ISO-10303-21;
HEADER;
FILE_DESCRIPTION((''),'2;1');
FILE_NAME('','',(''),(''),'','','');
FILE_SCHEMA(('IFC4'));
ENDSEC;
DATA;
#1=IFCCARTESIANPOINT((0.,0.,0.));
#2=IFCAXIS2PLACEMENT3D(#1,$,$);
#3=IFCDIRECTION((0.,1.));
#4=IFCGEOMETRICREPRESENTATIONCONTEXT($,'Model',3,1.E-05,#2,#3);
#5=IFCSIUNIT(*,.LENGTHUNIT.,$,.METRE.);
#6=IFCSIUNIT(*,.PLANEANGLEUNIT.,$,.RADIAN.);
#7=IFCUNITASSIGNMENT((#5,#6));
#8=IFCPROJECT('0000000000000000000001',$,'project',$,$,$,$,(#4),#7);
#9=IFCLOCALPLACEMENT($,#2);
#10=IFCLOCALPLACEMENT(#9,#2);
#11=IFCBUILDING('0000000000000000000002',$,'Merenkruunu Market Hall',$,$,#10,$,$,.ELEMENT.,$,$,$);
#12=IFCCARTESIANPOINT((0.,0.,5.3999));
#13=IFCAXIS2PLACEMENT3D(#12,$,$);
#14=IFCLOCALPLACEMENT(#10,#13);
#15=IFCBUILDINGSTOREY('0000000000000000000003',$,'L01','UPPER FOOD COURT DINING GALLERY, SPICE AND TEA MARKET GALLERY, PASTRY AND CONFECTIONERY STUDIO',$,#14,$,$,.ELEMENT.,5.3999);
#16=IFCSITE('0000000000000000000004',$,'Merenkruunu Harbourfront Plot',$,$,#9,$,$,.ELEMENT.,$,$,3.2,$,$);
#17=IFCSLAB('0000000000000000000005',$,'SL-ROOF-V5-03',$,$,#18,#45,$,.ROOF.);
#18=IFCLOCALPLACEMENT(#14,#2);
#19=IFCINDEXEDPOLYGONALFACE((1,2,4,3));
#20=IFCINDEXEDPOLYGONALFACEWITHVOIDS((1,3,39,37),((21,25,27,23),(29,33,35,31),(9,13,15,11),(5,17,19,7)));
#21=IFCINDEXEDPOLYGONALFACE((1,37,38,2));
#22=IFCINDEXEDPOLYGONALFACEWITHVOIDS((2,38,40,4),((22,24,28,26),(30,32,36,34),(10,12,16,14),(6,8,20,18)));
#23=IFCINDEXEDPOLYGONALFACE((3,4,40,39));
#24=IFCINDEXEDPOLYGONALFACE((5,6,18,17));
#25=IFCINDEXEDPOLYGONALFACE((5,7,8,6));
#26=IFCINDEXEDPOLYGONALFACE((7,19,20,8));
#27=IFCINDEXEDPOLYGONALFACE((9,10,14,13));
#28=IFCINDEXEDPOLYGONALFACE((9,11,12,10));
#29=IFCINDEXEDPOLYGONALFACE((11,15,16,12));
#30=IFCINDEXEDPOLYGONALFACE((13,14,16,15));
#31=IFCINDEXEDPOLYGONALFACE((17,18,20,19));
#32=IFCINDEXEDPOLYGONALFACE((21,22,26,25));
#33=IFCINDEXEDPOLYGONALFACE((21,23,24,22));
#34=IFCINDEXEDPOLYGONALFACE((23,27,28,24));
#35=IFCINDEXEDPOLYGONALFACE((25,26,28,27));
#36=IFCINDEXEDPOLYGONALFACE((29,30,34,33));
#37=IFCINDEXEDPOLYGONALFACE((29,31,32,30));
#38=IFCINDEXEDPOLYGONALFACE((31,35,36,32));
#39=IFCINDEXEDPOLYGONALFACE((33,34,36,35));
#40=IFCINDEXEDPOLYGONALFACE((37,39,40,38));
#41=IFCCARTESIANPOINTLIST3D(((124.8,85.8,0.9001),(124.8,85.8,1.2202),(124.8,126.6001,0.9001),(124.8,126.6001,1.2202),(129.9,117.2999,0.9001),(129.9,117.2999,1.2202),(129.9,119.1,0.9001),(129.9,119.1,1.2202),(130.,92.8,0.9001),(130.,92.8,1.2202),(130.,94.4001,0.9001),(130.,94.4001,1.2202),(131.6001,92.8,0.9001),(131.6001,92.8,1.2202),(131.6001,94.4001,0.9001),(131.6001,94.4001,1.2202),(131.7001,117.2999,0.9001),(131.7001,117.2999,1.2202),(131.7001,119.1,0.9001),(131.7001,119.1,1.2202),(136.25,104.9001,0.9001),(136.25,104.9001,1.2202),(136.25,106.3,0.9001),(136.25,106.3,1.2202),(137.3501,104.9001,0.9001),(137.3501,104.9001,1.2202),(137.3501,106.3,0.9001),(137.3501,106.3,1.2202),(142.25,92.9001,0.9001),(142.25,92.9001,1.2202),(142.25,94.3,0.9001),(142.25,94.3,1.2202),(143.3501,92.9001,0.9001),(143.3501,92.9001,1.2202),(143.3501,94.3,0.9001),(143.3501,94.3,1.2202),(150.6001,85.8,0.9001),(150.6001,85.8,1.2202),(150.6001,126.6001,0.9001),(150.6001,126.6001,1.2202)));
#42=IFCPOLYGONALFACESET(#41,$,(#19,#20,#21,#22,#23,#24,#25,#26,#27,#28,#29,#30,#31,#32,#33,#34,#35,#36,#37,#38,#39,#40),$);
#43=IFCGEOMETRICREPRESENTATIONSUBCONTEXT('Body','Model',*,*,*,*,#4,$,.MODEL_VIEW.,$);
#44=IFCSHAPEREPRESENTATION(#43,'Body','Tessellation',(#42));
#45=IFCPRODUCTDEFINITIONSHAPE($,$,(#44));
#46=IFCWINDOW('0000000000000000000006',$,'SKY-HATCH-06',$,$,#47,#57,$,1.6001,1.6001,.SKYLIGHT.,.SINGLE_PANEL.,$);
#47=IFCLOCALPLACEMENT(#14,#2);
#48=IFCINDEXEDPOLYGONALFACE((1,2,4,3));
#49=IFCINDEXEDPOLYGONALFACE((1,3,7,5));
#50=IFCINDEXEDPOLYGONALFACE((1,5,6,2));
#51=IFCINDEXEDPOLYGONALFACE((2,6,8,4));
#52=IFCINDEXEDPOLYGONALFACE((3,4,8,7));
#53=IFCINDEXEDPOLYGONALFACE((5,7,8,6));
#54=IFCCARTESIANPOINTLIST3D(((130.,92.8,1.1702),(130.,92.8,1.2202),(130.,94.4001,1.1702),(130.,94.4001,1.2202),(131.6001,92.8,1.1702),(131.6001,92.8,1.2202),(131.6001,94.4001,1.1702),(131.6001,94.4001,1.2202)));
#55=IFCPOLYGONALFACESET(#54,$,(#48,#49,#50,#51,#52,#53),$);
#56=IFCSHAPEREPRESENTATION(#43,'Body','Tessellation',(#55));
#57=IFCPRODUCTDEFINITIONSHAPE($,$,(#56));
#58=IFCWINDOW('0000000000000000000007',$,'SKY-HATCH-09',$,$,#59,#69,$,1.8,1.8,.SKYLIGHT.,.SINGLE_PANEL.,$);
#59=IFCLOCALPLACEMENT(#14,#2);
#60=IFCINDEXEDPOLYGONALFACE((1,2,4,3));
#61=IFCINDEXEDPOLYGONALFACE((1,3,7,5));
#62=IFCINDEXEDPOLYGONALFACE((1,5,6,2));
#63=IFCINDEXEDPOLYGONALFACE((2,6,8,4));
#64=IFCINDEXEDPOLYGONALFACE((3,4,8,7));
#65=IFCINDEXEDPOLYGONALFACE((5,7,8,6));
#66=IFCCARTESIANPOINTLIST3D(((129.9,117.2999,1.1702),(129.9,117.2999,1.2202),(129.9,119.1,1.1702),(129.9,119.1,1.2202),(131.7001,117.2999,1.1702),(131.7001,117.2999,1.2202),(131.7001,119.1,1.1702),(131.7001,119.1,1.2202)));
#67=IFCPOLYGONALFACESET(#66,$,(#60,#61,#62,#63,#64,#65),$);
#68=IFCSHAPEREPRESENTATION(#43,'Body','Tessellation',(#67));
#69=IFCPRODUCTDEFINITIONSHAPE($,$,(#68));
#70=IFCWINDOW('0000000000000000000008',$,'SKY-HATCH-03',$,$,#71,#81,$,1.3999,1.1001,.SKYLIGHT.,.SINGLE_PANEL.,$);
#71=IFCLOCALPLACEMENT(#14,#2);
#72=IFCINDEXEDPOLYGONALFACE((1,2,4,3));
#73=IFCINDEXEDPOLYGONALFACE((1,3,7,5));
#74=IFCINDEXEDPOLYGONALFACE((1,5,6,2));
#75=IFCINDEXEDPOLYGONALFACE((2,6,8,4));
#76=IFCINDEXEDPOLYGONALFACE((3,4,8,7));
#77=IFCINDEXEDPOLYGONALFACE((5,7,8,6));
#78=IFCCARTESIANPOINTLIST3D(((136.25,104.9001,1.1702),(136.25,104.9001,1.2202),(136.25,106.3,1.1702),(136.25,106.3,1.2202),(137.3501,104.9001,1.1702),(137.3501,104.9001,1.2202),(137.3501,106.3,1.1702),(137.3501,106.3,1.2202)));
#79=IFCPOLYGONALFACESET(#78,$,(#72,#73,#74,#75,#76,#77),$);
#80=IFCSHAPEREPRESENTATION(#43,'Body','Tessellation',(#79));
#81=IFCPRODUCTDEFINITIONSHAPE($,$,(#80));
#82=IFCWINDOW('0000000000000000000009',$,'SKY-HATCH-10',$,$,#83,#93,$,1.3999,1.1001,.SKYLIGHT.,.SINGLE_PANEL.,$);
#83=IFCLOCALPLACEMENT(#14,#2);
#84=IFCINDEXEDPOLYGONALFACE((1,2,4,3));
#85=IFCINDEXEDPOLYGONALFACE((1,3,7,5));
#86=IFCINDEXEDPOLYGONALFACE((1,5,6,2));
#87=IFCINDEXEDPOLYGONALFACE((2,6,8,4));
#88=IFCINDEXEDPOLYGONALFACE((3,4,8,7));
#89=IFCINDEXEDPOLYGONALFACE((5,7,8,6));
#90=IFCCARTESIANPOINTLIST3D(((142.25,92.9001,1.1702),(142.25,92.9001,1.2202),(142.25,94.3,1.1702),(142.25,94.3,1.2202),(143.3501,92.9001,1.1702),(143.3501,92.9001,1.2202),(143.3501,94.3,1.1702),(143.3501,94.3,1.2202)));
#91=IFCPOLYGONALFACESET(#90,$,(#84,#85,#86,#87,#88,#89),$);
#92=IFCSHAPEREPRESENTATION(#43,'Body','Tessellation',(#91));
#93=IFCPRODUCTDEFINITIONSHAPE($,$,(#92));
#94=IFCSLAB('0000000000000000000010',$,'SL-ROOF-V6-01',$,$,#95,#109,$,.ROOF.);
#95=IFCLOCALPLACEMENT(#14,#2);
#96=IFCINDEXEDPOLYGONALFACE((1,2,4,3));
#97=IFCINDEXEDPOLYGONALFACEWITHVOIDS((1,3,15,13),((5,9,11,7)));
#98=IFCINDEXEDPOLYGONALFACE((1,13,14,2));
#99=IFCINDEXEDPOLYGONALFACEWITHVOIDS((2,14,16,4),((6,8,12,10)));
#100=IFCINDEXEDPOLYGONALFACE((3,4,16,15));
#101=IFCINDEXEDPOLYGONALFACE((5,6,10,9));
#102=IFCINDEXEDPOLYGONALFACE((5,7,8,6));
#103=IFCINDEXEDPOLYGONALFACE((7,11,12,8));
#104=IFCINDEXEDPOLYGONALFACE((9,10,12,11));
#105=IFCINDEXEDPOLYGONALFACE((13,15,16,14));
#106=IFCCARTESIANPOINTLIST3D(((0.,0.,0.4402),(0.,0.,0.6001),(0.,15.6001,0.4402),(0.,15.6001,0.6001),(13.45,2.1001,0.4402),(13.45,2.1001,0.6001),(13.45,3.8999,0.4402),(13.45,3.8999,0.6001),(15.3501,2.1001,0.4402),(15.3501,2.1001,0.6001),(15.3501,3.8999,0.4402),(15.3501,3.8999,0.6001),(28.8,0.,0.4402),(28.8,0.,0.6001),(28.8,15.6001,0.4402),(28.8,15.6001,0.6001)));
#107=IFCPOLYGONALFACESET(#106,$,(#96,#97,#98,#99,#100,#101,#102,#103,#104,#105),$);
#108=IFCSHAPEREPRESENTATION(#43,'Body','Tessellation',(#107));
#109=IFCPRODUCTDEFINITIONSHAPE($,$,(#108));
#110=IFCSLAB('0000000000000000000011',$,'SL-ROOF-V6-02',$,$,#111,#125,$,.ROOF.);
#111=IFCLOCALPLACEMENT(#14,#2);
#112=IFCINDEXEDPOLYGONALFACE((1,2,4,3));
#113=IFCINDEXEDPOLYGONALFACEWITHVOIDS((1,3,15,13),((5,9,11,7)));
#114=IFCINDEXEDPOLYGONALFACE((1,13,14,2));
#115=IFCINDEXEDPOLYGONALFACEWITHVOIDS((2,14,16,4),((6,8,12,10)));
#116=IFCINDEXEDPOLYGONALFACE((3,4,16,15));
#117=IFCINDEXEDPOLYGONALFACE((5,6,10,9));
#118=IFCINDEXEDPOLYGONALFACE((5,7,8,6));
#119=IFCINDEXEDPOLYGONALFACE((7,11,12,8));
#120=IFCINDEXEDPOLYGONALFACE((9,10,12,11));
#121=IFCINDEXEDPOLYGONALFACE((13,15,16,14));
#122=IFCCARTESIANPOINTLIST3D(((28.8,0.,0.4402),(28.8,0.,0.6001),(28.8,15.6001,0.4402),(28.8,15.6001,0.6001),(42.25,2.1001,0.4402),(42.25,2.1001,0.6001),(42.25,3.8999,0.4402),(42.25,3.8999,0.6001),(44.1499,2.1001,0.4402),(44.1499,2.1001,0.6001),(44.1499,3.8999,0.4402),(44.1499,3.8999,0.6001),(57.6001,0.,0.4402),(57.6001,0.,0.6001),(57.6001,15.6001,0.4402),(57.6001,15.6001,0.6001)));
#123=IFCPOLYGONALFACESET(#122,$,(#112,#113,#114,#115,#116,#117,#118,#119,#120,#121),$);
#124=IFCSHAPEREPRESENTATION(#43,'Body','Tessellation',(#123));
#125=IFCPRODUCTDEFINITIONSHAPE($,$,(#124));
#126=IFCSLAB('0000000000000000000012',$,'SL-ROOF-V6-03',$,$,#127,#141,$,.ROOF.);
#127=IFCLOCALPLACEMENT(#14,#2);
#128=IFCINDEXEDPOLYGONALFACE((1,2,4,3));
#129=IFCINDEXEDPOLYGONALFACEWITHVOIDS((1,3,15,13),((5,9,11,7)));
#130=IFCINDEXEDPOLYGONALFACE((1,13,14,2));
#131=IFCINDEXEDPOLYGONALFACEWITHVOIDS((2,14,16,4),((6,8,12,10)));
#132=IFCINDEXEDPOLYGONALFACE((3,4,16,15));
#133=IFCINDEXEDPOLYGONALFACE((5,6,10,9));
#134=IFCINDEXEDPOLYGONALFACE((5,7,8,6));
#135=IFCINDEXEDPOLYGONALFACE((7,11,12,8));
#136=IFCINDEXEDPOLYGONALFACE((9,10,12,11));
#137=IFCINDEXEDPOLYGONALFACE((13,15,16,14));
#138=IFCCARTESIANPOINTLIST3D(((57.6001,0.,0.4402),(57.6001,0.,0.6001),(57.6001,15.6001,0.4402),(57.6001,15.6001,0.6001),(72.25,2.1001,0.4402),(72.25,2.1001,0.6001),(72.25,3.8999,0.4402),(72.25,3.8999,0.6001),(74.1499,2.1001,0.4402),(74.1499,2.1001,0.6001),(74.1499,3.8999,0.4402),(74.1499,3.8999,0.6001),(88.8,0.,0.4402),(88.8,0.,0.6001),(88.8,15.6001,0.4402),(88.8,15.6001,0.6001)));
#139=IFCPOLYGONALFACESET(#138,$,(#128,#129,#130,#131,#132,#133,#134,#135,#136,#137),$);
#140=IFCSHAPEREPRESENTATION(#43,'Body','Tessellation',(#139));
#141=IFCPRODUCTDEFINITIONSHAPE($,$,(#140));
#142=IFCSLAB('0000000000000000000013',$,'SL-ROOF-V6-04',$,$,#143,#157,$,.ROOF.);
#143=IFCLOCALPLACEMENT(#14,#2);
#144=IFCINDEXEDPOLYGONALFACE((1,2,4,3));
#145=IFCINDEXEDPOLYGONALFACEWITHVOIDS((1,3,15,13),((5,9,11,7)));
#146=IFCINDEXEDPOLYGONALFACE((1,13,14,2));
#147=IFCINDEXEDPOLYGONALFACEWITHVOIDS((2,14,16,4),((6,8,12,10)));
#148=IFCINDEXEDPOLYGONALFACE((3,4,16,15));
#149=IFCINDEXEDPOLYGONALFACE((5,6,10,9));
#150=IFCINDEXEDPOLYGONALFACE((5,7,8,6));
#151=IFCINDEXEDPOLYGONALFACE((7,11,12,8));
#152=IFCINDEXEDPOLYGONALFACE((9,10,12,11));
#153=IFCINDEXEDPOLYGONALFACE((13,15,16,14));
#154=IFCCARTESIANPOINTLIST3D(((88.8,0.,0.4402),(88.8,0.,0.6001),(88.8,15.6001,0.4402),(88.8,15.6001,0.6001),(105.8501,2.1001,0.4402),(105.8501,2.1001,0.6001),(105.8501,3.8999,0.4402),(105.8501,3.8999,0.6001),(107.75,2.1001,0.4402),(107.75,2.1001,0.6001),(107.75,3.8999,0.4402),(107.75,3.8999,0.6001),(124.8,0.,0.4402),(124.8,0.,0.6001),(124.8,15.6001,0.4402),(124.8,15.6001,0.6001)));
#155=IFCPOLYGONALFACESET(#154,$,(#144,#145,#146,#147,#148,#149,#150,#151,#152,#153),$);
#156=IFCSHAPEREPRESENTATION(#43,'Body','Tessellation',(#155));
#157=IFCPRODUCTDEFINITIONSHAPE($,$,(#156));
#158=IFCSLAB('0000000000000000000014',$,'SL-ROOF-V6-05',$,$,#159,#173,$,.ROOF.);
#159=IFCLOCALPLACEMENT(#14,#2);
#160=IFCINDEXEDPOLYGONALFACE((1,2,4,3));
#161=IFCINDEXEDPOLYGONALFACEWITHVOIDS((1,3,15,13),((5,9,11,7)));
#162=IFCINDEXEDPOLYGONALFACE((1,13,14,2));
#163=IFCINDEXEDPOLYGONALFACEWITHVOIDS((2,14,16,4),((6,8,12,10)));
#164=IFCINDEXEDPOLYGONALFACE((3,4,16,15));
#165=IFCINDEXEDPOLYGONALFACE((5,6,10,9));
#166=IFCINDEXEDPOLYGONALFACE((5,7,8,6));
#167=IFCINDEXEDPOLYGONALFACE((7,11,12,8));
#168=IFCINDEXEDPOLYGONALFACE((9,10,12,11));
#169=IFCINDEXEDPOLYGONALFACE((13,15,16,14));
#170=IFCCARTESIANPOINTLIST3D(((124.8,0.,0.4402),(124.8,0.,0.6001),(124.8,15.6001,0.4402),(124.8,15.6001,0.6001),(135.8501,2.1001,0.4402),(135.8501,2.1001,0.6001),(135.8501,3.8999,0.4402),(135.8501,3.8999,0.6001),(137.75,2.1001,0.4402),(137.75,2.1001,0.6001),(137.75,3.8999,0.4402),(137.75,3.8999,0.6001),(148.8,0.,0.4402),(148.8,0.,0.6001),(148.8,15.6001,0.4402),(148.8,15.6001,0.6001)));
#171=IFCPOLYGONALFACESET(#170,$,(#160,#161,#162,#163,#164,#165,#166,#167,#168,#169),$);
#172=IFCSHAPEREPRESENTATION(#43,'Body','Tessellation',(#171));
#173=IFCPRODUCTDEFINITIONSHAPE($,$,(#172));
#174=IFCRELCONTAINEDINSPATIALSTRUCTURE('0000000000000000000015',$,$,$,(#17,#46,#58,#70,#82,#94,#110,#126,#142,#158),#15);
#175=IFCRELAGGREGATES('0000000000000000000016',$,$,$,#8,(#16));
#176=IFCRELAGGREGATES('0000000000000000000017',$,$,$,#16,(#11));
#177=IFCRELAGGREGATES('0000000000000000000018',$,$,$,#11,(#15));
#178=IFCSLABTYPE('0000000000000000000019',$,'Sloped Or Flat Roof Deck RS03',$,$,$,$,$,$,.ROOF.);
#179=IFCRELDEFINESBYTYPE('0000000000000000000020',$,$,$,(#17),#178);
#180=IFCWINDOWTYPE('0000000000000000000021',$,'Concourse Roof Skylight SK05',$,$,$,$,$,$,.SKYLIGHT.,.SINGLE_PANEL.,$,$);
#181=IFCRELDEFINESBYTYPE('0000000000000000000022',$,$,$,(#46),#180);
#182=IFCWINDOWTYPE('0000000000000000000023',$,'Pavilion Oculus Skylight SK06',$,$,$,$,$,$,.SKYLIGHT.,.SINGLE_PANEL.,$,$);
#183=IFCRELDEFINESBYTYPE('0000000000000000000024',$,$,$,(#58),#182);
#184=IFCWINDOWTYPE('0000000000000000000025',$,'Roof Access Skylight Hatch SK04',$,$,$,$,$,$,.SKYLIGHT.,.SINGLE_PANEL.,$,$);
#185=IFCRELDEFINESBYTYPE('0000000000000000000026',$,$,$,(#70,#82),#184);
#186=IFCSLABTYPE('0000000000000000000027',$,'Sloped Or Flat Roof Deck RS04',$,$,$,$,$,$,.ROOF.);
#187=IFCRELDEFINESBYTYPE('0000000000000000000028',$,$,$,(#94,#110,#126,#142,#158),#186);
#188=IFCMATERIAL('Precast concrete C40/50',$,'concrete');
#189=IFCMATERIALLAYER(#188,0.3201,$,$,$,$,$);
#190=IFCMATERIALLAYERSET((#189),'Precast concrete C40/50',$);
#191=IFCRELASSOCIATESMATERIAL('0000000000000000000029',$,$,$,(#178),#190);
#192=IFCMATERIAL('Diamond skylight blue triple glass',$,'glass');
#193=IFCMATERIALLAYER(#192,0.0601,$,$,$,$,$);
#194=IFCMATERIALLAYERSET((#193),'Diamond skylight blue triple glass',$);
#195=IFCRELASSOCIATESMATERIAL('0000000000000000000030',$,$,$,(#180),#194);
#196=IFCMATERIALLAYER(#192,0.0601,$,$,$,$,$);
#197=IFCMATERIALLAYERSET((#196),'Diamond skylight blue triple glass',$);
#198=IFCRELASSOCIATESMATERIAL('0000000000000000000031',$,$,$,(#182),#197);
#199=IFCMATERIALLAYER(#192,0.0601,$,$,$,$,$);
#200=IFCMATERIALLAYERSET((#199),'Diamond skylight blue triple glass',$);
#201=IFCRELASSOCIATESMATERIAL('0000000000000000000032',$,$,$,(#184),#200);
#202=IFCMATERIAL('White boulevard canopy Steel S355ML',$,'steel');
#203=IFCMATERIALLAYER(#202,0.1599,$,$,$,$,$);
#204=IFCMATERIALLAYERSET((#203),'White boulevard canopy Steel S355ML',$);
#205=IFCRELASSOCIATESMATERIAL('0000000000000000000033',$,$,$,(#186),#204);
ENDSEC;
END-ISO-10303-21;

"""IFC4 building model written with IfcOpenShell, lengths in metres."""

from ifc_helpers import new_model, si_unit, direction, frame, origin, origin_2d, place, context, subcontext, project, spatial, polyline, rectangle, outline, extrude, material, layer, layer_set, type_object, element, fill, save


model = new_model("IFC4")

# Units and contexts
model_context = context("Model", 3, precision=1e-05, world=origin(), true_north=direction((0.0, 1.0)))
body_context = subcontext(model_context, "Body", "Model", "MODEL_VIEW")
ifc_project = project(units=[si_unit("LENGTHUNIT", "METRE"), si_unit("PLANEANGLEUNIT", "RADIAN")], contexts=[model_context])

# Site, building, storey
site_placement = place(None, origin())
site = spatial("IfcSite", under=ifc_project, at=site_placement, Name="Merenkruunu Harbourfront Plot", CompositionType="ELEMENT", RefElevation=3.2)
building_placement = place(site_placement, origin())
building = spatial("IfcBuilding", under=site, at=building_placement, Name="Merenkruunu Market Hall", CompositionType="ELEMENT")
storey_placement = place(building_placement, frame((0.0, 0.0, 5.3999)))
storey = spatial("IfcBuildingStorey", under=building, at=storey_placement, Name="L01", Description="UPPER FOOD COURT DINING GALLERY, SPICE AND TEA MARKET GALLERY, PASTRY AND CONFECTIONERY STUDIO", CompositionType="ELEMENT", Elevation=5.3999)

# Slab, openings, windows
ifc_material_1 = material(Name="Precast concrete C40/50", Category="concrete")
ifc_layer_1 = layer(ifc_material_1, 0.3201)
ifc_layer_set_1 = layer_set([ifc_layer_1], Name="Precast concrete C40/50")
slab_type_1 = type_object("IfcSlabType", Name="Sloped Or Flat Roof Deck RS03", PredefinedType="ROOF", material=ifc_layer_set_1)
ifc_material_2 = material(Name="Diamond skylight blue triple glass", Category="glass")
ifc_layer_2 = layer(ifc_material_2, 0.0601)
ifc_layer_set_2 = layer_set([ifc_layer_2], Name="Diamond skylight blue triple glass")
window_type_1 = type_object("IfcWindowType", Name="Concourse Roof Skylight SK05", PartitioningType="SINGLE_PANEL", PredefinedType="SKYLIGHT", material=ifc_layer_set_2)
ifc_layer_3 = layer(ifc_material_2, 0.0601)
ifc_layer_set_3 = layer_set([ifc_layer_3], Name="Diamond skylight blue triple glass")
window_type_2 = type_object("IfcWindowType", Name="Pavilion Oculus Skylight SK06", PartitioningType="SINGLE_PANEL", PredefinedType="SKYLIGHT", material=ifc_layer_set_3)
ifc_layer_4 = layer(ifc_material_2, 0.0601)
ifc_layer_set_4 = layer_set([ifc_layer_4], Name="Diamond skylight blue triple glass")
window_type_3 = type_object("IfcWindowType", Name="Roof Access Skylight Hatch SK04", PartitioningType="SINGLE_PANEL", PredefinedType="SKYLIGHT", material=ifc_layer_set_4)
slab_1_placement = place(storey_placement, frame((0.0, 0.0, 0.9001)))
slab_1 = element("IfcSlab", 1, at=slab_1_placement, inside=storey, type_object=slab_type_1, Name="SL-ROOF-V5-03", PredefinedType="ROOF", context=body_context, shape_type="SweptSolid", body=[
    extrude(outline(polyline([(124.8, 85.8), (150.6001, 85.8), (150.6001, 126.6001), (124.8, 126.6001), (124.8, 85.8)])), origin(), (0.0, 0.0, 1.0), 0.3201),
])
opening_1_placement = place(slab_1_placement, frame((136.8, 105.6001, 0.0)))
opening_1 = element("IfcOpeningElement", 2, at=opening_1_placement, cuts=slab_1, PredefinedType="OPENING", context=body_context, shape_type="SweptSolid", body=[
    extrude(rectangle(XDim=1.1001, YDim=1.3999, at=origin_2d()), origin(), (0.0, 0.0, 1.0), 0.3201),
])
opening_2_placement = place(slab_1_placement, frame((130.8, 93.6001, 0.0)))
opening_2 = element("IfcOpeningElement", 3, at=opening_2_placement, cuts=slab_1, PredefinedType="OPENING", context=body_context, shape_type="SweptSolid", body=[
    extrude(rectangle(XDim=1.6001, YDim=1.6001, at=origin_2d()), origin(), (0.0, 0.0, 1.0), 0.3201),
])
opening_3_placement = place(slab_1_placement, frame((130.8, 118.2, 0.0)))
opening_3 = element("IfcOpeningElement", 4, at=opening_3_placement, cuts=slab_1, PredefinedType="OPENING", context=body_context, shape_type="SweptSolid", body=[
    extrude(rectangle(XDim=1.8, YDim=1.8, at=origin_2d()), origin(), (0.0, 0.0, 1.0), 0.3201),
])
opening_4_placement = place(slab_1_placement, frame((142.8, 93.6001, 0.0)))
opening_4 = element("IfcOpeningElement", 5, at=opening_4_placement, cuts=slab_1, PredefinedType="OPENING", context=body_context, shape_type="SweptSolid", body=[
    extrude(rectangle(XDim=1.1001, YDim=1.3999, at=origin_2d()), origin(), (0.0, 0.0, 1.0), 0.3201),
])
window_1_placement = place(opening_2_placement, frame((0.0, 0.0, 0.27)))
window_1 = element("IfcWindow", 6, at=window_1_placement, inside=storey, type_object=window_type_1, Name="SKY-HATCH-06", OverallHeight=1.6001, OverallWidth=1.6001, PartitioningType="SINGLE_PANEL", PredefinedType="SKYLIGHT", context=body_context, shape_type="SweptSolid", body=[
    extrude(rectangle(XDim=1.6001, YDim=1.6001, at=origin_2d()), origin(), (0.0, 0.0, 1.0), 0.05),
])
fill(opening_2, window_1)
window_2_placement = place(opening_3_placement, frame((0.0, 0.0, 0.27)))
window_2 = element("IfcWindow", 7, at=window_2_placement, inside=storey, type_object=window_type_2, Name="SKY-HATCH-09", OverallHeight=1.8, OverallWidth=1.8, PartitioningType="SINGLE_PANEL", PredefinedType="SKYLIGHT", context=body_context, shape_type="SweptSolid", body=[
    extrude(rectangle(XDim=1.8, YDim=1.8, at=origin_2d()), origin(), (0.0, 0.0, 1.0), 0.05),
])
fill(opening_3, window_2)
window_3_placement = place(opening_1_placement, frame((0.0, 0.0, 0.27)))
window_3 = element("IfcWindow", 8, at=window_3_placement, inside=storey, type_object=window_type_3, Name="SKY-HATCH-03", OverallHeight=1.3999, OverallWidth=1.1001, PartitioningType="SINGLE_PANEL", PredefinedType="SKYLIGHT", context=body_context, shape_type="SweptSolid", body=[
    extrude(rectangle(XDim=1.1001, YDim=1.3999, at=origin_2d()), origin(), (0.0, 0.0, 1.0), 0.05),
])
fill(opening_1, window_3)
window_4_placement = place(opening_4_placement, frame((0.0, 0.0, 0.27)))
window_4 = element("IfcWindow", 9, at=window_4_placement, inside=storey, type_object=window_type_3, Name="SKY-HATCH-10", OverallHeight=1.3999, OverallWidth=1.1001, PartitioningType="SINGLE_PANEL", PredefinedType="SKYLIGHT", context=body_context, shape_type="SweptSolid", body=[
    extrude(rectangle(XDim=1.1001, YDim=1.3999, at=origin_2d()), origin(), (0.0, 0.0, 1.0), 0.05),
])
fill(opening_4, window_4)

# Slabs
ifc_material_3 = material(Name="White boulevard canopy Steel S355ML", Category="steel")
ifc_layer_5 = layer(ifc_material_3, 0.1599)
ifc_layer_set_5 = layer_set([ifc_layer_5], Name="White boulevard canopy Steel S355ML")
slab_type_2 = type_object("IfcSlabType", Name="Sloped Or Flat Roof Deck RS04", PredefinedType="ROOF", material=ifc_layer_set_5)
slab_2_placement = place(storey_placement, frame((0.0, 0.0, 0.4402)))
element("IfcSlab", 10, at=slab_2_placement, inside=storey, type_object=slab_type_2, Name="SL-ROOF-V6-01", PredefinedType="ROOF", context=body_context, shape_type="SweptSolid", body=[
    extrude(outline(polyline([(0.0, 0.0), (28.8, 0.0), (28.8, 15.6001), (0.0, 15.6001), (0.0, 0.0)]), holes=[polyline([(13.45, 2.1001), (15.3501, 2.1001), (15.3501, 3.8999), (13.45, 3.8999), (13.45, 2.1001)])]), origin(), (0.0, 0.0, 1.0), 0.1599),
])
slab_3_placement = place(storey_placement, frame((0.0, 0.0, 0.4402)))
element("IfcSlab", 11, at=slab_3_placement, inside=storey, type_object=slab_type_2, Name="SL-ROOF-V6-02", PredefinedType="ROOF", context=body_context, shape_type="SweptSolid", body=[
    extrude(outline(polyline([(28.8, 0.0), (57.6001, 0.0), (57.6001, 15.6001), (28.8, 15.6001), (28.8, 0.0)]), holes=[polyline([(42.25, 2.1001), (44.1499, 2.1001), (44.1499, 3.8999), (42.25, 3.8999), (42.25, 2.1001)])]), origin(), (0.0, 0.0, 1.0), 0.1599),
])
slab_4_placement = place(storey_placement, frame((0.0, 0.0, 0.4402)))
element("IfcSlab", 12, at=slab_4_placement, inside=storey, type_object=slab_type_2, Name="SL-ROOF-V6-03", PredefinedType="ROOF", context=body_context, shape_type="SweptSolid", body=[
    extrude(outline(polyline([(57.6001, 0.0), (88.8, 0.0), (88.8, 15.6001), (57.6001, 15.6001), (57.6001, 0.0)]), holes=[polyline([(72.25, 2.1001), (74.1499, 2.1001), (74.1499, 3.8999), (72.25, 3.8999), (72.25, 2.1001)])]), origin(), (0.0, 0.0, 1.0), 0.1599),
])
slab_5_placement = place(storey_placement, frame((0.0, 0.0, 0.4402)))
element("IfcSlab", 13, at=slab_5_placement, inside=storey, type_object=slab_type_2, Name="SL-ROOF-V6-04", PredefinedType="ROOF", context=body_context, shape_type="SweptSolid", body=[
    extrude(outline(polyline([(88.8, 0.0), (124.8, 0.0), (124.8, 15.6001), (88.8, 15.6001), (88.8, 0.0)]), holes=[polyline([(105.8501, 2.1001), (107.75, 2.1001), (107.75, 3.8999), (105.8501, 3.8999), (105.8501, 2.1001)])]), origin(), (0.0, 0.0, 1.0), 0.1599),
])
slab_6_placement = place(storey_placement, frame((0.0, 0.0, 0.4402)))
element("IfcSlab", 14, at=slab_6_placement, inside=storey, type_object=slab_type_2, Name="SL-ROOF-V6-05", PredefinedType="ROOF", context=body_context, shape_type="SweptSolid", body=[
    extrude(outline(polyline([(124.8, 0.0), (148.8, 0.0), (148.8, 15.6001), (124.8, 15.6001), (124.8, 0.0)]), holes=[polyline([(135.8501, 2.1001), (137.75, 2.1001), (137.75, 3.8999), (135.8501, 3.8999), (135.8501, 2.1001)])]), origin(), (0.0, 0.0, 1.0), 0.1599),
])

save(model, "model.ifc")
